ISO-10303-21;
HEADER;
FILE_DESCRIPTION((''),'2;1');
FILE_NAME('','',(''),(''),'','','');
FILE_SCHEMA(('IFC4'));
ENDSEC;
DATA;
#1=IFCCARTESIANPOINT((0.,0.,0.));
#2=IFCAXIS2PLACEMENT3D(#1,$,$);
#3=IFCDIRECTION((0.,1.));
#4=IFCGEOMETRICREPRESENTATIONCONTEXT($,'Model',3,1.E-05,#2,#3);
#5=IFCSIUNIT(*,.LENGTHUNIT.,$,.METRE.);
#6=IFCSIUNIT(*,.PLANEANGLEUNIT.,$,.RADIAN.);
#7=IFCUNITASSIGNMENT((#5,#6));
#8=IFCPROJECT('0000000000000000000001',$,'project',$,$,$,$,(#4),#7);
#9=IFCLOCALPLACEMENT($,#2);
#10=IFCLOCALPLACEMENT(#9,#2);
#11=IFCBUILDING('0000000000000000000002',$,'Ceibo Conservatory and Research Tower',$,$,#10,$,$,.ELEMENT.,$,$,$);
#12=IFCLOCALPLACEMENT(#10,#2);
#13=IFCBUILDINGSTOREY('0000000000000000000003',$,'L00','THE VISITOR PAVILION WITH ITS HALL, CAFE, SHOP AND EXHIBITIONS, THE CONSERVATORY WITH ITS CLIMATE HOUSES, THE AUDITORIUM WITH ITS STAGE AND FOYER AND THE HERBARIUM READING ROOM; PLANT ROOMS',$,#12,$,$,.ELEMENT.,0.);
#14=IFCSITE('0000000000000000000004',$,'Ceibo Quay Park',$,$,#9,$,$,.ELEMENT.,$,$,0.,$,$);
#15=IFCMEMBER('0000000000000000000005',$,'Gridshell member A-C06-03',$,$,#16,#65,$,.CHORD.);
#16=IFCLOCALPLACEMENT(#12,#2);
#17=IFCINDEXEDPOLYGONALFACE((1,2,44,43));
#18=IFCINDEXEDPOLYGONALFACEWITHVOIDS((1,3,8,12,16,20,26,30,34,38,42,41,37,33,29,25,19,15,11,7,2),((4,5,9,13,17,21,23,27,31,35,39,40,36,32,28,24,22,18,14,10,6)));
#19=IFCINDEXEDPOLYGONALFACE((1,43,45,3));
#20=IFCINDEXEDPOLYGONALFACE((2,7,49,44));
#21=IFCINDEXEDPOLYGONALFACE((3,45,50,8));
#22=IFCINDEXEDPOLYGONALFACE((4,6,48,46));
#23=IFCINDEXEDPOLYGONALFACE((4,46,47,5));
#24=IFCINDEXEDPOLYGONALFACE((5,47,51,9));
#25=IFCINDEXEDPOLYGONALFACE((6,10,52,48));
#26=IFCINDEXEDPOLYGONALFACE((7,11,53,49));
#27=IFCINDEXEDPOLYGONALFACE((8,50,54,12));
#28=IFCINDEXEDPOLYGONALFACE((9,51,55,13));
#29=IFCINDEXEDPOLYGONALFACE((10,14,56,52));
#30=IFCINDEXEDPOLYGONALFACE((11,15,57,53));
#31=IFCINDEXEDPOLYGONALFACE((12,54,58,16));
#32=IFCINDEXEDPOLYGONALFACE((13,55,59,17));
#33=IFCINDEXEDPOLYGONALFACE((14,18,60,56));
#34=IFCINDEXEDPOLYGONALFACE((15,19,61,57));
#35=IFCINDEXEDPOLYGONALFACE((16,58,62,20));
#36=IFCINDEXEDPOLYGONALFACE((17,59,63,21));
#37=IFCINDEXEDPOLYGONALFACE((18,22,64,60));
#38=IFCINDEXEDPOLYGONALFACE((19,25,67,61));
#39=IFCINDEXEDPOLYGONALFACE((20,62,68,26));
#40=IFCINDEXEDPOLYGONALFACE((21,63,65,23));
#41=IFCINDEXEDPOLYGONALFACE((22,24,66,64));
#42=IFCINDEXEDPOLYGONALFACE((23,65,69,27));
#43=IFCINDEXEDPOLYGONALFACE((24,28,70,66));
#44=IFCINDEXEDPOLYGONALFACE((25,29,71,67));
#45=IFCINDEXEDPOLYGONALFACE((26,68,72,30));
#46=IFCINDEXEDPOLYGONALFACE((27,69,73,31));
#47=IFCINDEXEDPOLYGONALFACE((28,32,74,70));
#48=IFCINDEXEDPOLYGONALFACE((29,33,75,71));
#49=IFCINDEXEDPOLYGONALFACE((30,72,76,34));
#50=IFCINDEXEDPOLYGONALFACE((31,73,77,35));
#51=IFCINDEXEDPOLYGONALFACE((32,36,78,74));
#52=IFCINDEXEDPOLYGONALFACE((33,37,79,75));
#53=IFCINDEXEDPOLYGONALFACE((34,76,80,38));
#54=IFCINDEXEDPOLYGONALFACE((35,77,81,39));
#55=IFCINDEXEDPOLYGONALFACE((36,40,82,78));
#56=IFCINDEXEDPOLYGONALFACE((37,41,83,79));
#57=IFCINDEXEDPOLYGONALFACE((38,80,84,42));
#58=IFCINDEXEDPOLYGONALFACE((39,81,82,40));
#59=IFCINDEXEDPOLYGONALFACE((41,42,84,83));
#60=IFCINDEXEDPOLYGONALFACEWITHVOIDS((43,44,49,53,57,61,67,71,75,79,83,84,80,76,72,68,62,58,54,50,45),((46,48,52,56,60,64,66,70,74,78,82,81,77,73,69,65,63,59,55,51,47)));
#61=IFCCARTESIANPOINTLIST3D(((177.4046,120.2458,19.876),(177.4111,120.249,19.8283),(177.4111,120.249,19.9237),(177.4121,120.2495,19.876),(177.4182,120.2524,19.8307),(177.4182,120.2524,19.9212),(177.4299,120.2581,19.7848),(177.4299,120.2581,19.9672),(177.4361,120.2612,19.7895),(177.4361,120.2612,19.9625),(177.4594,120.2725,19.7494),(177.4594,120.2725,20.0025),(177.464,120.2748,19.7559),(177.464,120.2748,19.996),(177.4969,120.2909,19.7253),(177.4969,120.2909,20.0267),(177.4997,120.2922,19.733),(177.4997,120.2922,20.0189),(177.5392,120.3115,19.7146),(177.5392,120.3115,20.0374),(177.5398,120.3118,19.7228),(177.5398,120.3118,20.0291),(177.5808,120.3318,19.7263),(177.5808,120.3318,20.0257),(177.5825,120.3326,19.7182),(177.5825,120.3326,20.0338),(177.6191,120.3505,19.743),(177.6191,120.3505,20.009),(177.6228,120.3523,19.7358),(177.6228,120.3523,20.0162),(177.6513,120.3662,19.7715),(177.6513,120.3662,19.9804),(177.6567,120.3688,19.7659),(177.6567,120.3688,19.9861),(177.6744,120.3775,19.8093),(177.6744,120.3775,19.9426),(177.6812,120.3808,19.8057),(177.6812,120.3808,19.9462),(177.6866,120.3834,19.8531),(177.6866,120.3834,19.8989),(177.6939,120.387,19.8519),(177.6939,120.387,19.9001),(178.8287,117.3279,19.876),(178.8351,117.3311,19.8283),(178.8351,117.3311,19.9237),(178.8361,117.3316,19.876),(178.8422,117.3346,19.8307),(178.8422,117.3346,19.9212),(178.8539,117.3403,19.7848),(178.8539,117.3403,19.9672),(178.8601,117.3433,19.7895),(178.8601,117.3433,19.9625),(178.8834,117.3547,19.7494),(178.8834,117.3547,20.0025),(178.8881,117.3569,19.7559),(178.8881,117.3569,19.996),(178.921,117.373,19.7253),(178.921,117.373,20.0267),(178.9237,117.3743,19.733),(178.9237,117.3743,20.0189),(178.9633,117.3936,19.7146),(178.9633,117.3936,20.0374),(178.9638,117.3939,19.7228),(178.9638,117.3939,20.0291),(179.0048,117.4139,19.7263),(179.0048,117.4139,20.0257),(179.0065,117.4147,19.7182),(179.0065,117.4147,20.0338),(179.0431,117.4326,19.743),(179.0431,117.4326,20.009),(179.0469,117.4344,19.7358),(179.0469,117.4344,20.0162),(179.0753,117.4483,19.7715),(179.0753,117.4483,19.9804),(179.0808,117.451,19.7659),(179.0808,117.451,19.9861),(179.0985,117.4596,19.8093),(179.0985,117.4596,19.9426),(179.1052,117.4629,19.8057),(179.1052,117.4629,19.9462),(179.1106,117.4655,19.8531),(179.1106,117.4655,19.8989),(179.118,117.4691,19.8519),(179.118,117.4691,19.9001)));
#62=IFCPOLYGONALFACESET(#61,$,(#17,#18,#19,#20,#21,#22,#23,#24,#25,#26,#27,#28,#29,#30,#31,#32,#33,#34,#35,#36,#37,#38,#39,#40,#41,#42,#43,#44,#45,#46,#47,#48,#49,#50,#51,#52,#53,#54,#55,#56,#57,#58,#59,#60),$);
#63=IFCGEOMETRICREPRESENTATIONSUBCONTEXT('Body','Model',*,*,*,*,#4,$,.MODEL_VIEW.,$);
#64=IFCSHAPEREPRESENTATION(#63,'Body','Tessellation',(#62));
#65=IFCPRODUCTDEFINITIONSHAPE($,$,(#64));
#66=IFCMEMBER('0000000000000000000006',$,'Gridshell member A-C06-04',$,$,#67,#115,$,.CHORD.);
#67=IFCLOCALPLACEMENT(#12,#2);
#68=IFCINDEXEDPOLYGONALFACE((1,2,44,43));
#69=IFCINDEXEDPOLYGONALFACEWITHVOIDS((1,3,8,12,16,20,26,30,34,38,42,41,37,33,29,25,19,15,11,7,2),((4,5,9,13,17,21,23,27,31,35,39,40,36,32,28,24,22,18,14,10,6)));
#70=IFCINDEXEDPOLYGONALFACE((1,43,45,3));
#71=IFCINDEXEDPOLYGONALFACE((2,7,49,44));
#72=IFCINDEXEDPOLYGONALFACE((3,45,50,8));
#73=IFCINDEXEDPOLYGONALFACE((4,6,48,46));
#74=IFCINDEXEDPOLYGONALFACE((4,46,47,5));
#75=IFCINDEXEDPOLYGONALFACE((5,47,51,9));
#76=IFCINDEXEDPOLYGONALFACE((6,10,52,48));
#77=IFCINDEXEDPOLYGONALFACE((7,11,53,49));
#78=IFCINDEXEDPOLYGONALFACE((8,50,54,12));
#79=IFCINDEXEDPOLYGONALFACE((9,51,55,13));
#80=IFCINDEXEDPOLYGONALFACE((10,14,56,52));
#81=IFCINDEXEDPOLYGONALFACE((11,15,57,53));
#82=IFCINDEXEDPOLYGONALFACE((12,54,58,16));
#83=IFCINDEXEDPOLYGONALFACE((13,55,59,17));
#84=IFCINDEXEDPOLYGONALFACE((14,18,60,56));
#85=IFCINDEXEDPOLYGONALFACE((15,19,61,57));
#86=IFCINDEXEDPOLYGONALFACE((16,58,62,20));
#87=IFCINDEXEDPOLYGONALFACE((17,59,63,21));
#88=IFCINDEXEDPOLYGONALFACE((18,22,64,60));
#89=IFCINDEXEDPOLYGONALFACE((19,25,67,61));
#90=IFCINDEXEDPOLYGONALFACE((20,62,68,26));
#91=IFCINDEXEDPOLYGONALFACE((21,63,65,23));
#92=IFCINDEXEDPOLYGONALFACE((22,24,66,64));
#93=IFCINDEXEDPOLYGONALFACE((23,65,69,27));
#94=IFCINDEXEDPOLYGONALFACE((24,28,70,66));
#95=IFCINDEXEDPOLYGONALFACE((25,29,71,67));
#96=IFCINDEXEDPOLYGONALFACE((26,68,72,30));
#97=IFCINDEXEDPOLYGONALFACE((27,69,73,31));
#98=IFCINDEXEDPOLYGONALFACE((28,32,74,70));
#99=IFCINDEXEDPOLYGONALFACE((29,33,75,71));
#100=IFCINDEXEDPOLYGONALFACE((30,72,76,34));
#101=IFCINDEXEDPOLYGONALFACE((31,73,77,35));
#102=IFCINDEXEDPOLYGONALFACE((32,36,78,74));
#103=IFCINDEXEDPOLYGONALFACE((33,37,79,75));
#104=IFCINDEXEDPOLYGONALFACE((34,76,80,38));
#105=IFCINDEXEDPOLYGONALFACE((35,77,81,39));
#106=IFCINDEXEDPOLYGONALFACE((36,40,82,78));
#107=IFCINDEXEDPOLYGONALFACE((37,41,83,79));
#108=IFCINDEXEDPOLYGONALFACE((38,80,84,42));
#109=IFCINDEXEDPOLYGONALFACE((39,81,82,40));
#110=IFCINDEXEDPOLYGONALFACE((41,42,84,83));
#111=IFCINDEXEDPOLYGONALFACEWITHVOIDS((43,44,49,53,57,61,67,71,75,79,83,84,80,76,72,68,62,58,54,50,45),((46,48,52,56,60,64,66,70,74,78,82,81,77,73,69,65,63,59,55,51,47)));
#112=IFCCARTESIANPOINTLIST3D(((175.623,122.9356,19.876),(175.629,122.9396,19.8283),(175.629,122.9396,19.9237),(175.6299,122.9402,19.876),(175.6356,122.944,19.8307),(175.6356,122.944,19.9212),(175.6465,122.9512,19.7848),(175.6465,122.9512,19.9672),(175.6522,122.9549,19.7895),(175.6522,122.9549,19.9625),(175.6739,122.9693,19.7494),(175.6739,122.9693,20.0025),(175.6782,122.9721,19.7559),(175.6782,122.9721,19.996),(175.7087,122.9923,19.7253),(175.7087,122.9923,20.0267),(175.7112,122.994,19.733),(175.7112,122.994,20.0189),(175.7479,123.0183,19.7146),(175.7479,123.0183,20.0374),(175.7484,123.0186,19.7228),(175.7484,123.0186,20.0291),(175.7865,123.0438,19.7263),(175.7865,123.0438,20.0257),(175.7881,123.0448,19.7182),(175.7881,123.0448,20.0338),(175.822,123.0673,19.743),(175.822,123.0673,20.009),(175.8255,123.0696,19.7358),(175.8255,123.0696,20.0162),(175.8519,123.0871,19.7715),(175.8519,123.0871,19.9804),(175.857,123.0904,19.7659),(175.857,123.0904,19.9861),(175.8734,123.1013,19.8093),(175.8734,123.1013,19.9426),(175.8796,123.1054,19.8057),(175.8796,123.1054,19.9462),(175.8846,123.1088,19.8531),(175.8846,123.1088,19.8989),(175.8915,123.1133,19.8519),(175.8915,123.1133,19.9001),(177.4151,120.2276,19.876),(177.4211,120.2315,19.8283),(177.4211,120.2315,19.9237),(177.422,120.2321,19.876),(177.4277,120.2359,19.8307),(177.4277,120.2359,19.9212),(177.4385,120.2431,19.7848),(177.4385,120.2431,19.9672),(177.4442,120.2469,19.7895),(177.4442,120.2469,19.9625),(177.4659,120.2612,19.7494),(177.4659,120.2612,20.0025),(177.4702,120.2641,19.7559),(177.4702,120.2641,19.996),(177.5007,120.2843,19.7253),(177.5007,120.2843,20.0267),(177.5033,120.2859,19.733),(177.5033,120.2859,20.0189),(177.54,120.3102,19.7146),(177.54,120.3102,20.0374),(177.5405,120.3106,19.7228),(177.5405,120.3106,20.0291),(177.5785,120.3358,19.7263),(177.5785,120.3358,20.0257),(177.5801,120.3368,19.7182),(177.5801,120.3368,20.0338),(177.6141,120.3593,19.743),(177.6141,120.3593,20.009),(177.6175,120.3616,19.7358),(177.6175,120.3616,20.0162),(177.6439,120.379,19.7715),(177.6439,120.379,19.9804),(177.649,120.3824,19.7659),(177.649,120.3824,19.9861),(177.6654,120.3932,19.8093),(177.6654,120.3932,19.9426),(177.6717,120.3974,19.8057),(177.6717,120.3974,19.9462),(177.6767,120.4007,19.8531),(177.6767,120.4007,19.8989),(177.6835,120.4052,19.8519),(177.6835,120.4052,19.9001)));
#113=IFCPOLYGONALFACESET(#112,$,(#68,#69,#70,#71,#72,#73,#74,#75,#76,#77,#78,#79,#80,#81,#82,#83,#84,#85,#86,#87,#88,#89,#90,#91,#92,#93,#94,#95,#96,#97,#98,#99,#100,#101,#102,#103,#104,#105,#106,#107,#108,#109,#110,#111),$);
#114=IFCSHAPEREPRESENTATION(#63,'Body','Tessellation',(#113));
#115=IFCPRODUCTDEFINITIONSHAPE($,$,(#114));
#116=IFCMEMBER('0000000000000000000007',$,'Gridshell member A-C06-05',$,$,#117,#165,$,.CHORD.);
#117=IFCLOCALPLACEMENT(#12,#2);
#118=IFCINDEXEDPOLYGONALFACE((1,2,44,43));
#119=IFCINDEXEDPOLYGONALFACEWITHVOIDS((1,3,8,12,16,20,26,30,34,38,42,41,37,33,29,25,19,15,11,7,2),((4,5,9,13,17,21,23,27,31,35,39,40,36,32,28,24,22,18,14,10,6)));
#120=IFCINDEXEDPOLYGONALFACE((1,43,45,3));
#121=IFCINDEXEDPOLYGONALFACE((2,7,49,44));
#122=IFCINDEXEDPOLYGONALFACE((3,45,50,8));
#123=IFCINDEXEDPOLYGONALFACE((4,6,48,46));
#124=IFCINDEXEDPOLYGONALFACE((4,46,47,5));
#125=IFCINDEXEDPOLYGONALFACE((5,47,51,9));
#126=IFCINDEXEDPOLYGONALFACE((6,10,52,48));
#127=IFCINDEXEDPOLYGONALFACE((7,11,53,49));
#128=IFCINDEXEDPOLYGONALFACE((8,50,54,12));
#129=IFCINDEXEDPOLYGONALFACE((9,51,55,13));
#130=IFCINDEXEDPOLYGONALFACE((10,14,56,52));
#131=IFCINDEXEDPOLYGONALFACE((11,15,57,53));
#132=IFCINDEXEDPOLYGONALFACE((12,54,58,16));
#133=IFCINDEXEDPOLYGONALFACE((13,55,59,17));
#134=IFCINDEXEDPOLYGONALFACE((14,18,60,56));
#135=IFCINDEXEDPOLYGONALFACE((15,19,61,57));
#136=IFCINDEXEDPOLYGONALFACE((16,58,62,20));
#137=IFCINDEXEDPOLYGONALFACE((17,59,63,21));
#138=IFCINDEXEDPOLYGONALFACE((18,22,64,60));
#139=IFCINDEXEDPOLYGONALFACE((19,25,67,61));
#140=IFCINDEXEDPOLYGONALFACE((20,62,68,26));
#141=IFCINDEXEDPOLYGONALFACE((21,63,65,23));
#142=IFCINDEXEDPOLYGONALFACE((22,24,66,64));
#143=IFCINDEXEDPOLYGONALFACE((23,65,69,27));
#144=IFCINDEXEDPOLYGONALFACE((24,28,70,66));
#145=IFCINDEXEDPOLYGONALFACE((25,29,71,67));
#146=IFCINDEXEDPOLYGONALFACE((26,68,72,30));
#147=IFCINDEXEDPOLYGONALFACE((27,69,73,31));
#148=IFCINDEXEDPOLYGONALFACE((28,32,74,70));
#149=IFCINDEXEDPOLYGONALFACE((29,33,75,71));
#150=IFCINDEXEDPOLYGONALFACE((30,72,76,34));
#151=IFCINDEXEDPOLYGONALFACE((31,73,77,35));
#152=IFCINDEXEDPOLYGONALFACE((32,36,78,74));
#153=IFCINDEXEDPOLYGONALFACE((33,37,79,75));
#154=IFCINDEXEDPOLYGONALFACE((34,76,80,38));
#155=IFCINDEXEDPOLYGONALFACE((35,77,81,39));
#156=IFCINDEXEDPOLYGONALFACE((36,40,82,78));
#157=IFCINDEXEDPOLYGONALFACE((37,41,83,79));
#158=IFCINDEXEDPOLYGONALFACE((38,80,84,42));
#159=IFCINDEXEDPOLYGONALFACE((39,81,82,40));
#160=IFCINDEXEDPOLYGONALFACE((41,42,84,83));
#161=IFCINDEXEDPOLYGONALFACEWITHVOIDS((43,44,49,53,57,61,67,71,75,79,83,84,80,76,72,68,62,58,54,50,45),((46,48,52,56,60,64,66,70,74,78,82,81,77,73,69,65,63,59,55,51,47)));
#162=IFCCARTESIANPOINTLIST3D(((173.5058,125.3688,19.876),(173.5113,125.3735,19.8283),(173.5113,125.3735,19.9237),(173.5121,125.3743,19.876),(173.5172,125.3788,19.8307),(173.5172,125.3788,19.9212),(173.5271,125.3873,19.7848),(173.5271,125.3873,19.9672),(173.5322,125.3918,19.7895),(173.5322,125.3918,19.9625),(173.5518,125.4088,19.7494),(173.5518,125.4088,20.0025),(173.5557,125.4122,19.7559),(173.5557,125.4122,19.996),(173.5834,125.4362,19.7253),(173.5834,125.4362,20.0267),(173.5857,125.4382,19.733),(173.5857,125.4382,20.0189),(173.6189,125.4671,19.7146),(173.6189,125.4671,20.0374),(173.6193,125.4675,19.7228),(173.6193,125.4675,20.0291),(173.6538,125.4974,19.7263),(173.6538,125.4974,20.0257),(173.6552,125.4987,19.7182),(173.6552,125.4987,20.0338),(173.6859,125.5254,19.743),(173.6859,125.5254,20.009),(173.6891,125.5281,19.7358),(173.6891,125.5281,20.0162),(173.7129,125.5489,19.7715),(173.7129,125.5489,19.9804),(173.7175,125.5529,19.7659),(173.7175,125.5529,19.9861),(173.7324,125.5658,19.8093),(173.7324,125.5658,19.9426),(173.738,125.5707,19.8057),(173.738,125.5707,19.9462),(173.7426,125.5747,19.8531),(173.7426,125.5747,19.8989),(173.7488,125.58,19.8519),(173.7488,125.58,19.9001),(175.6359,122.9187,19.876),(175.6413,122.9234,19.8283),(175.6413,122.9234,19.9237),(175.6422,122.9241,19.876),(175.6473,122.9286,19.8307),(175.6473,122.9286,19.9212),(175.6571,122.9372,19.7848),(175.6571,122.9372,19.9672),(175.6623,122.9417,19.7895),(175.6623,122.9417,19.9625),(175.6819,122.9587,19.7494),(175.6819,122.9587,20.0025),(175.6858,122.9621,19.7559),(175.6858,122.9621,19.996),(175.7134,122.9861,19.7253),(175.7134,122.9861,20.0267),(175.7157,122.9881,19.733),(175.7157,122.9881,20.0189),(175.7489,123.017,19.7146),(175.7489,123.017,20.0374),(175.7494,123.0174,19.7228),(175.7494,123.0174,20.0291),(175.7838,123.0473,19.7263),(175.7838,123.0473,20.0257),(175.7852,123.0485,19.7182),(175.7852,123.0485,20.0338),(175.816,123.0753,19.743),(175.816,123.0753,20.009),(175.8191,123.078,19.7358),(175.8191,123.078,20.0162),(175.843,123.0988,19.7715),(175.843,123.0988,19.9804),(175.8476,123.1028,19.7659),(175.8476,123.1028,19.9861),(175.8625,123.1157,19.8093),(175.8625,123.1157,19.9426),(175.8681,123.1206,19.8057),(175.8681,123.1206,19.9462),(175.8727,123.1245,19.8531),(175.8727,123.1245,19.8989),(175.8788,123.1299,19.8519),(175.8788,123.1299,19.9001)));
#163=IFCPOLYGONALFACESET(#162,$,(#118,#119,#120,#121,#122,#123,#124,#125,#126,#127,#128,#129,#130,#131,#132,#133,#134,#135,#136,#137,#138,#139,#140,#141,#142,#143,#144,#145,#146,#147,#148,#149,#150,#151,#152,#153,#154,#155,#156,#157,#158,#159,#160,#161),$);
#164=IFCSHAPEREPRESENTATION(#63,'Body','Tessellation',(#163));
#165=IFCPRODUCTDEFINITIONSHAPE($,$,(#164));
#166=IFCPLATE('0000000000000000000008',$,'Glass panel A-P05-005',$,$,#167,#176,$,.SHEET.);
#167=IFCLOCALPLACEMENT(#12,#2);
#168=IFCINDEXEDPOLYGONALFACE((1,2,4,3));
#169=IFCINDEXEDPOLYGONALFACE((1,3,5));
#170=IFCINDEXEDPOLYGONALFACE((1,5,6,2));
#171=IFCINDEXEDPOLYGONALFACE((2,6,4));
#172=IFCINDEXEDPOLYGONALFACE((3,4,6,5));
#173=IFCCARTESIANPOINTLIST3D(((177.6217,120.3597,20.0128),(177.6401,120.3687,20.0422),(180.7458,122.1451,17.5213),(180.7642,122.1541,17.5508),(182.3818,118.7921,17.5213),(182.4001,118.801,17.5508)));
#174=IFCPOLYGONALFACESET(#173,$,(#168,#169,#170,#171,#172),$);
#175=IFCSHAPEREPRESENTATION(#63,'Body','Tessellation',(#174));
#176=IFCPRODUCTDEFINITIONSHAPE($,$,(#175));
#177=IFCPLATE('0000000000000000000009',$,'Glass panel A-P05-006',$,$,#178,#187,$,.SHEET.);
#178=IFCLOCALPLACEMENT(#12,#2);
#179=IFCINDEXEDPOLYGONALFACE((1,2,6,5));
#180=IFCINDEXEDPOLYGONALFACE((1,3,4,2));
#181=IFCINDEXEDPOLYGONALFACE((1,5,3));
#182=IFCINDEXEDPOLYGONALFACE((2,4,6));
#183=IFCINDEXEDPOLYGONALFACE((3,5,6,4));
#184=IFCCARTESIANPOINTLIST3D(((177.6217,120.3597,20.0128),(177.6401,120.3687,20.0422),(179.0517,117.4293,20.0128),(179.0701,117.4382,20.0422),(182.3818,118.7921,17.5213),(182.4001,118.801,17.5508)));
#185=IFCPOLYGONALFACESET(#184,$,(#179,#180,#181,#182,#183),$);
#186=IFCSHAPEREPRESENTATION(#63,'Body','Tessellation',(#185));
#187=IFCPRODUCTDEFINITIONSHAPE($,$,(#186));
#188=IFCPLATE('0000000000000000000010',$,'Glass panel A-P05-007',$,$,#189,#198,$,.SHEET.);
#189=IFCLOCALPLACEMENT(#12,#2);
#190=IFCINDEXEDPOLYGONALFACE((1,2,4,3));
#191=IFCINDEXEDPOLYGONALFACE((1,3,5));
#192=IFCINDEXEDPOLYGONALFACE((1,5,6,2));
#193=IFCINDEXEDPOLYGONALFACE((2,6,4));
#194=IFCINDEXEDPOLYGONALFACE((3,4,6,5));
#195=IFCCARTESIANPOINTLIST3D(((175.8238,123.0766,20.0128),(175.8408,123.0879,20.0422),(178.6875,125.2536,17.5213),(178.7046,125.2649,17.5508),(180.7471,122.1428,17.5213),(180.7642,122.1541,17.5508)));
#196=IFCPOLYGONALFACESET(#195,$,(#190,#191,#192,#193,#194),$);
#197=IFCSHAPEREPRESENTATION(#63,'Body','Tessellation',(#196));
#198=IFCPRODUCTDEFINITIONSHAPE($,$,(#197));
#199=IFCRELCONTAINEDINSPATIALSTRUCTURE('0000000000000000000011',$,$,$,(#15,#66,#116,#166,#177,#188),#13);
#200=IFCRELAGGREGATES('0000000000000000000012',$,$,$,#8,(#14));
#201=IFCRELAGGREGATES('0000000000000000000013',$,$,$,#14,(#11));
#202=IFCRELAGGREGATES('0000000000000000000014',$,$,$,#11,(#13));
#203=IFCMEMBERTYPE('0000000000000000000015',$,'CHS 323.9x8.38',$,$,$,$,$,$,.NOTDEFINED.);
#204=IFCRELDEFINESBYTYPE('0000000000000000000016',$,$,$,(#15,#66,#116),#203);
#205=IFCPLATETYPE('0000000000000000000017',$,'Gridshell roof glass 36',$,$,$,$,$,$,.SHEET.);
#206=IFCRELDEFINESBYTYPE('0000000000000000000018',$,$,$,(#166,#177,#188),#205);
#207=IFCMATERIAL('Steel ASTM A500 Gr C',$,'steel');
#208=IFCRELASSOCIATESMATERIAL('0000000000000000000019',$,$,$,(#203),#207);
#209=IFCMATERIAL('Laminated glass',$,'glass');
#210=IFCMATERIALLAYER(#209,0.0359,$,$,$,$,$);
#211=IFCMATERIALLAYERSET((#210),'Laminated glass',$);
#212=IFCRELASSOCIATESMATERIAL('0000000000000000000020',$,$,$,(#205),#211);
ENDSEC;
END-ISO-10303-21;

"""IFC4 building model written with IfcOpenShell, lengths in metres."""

from ifc_helpers import new_model, si_unit, direction, frame, origin, origin_2d, place, context, subcontext, project, spatial, polyline, hollow_circle, outline, extrude, material, layer, layer_set, material_profile, profile_set, type_object, element, save


model = new_model("IFC4")

# Units and contexts
model_context = context("Model", 3, precision=1e-05, world=origin(), true_north=direction((0.0, 1.0)))
body_context = subcontext(model_context, "Body", "Model", "MODEL_VIEW")
ifc_project = project(units=[si_unit("LENGTHUNIT", "METRE"), si_unit("PLANEANGLEUNIT", "RADIAN")], contexts=[model_context])

# Site, building, storey
site_placement = place(None, origin())
site = spatial("IfcSite", under=ifc_project, at=site_placement, Name="Ceibo Quay Park", CompositionType="ELEMENT", RefElevation=0.0)
building_placement = place(site_placement, origin())
building = spatial("IfcBuilding", under=site, at=building_placement, Name="Ceibo Conservatory and Research Tower", CompositionType="ELEMENT")
storey_placement = place(building_placement, origin())
storey = spatial("IfcBuildingStorey", under=building, at=storey_placement, Name="L00", Description="THE VISITOR PAVILION WITH ITS HALL, CAFE, SHOP AND EXHIBITIONS, THE CONSERVATORY WITH ITS CLIMATE HOUSES, THE AUDITORIUM WITH ITS STAGE AND FOYER AND THE HERBARIUM READING ROOM; PLANT ROOMS", CompositionType="ELEMENT", Elevation=0.0)

# Members
ifc_material_1 = material(Name="Steel ASTM A500 Gr C", Category="steel")
ifc_material_profile_1 = material_profile(ifc_material_1, hollow_circle(Radius=0.1619, WallThickness=0.0083, at=origin_2d()), Name="CHS 323.9x8.38")
ifc_profile_set_1 = profile_set([ifc_material_profile_1], Name="Steel ASTM A500 Gr C")
member_type_1 = type_object("IfcMemberType", Name="CHS 323.9x8.38", PredefinedType="NOTDEFINED", material=ifc_profile_set_1)
member_1_placement = place(storey_placement, frame((178.9741, 117.3989, 19.876), z_axis=(-0.438591, 0.898687, 0.0), x_axis=(-0.898687, -0.438591, 0.0)))
element("IfcMember", 1, at=member_1_placement, inside=storey, type_object=member_type_1, Name="Gridshell member A-C06-03", PredefinedType="CHORD", context=body_context, shape_type="SweptSolid", body=[
    extrude(hollow_circle(Radius=0.1619, WallThickness=0.0083, at=origin_2d()), origin(), (0.0, 0.0, 1.0), 3.2468),
])
member_2_placement = place(storey_placement, frame((177.55, 120.3169, 19.876), z_axis=(-0.551852, 0.833942, 0.0), x_axis=(-0.833942, -0.551852, 0.0)))
element("IfcMember", 2, at=member_2_placement, inside=storey, type_object=member_type_1, Name="Gridshell member A-C06-04", PredefinedType="CHORD", context=body_context, shape_type="SweptSolid", body=[
    extrude(hollow_circle(Radius=0.1619, WallThickness=0.0083, at=origin_2d()), origin(), (0.0, 0.0, 1.0), 3.2473),
])
member_3_placement = place(storey_placement, frame((175.7581, 123.0249, 19.876), z_axis=(-0.656095, 0.754678, 0.0), x_axis=(-0.754678, -0.656095, 0.0)))
element("IfcMember", 3, at=member_3_placement, inside=storey, type_object=member_type_1, Name="Gridshell member A-C06-05", PredefinedType="CHORD", context=body_context, shape_type="SweptSolid", body=[
    extrude(hollow_circle(Radius=0.1619, WallThickness=0.0083, at=origin_2d()), origin(), (0.0, 0.0, 1.0), 3.2466),
])

# Plates
ifc_material_2 = material(Name="Laminated glass", Category="glass")
ifc_layer_1 = layer(ifc_material_2, 0.0359)
ifc_layer_set_1 = layer_set([ifc_layer_1], Name="Laminated glass")
plate_type = type_object("IfcPlateType", Name="Gridshell roof glass 36", PredefinedType="SHEET", material=ifc_layer_set_1)
plate_1_placement = place(storey_placement, frame((182.4001, 118.801, 17.5508), z_axis=(0.512356, 0.249985, 0.821583), x_axis=(-0.438502, 0.89873, 0.0)))
element("IfcPlate", 4, at=plate_1_placement, inside=storey, type_object=plate_type, Name="Glass panel A-P05-005", PredefinedType="SHEET", context=body_context, shape_type="SweptSolid", body=[
    extrude(outline(polyline([(0.0, 0.0), (3.7309, 0.0), (3.4961, 4.3703), (0.0, 0.0)])), origin(), (0.0, 0.0, -1.0), 0.0359),
])
plate_2_placement = place(storey_placement, frame((182.4001, 118.801, 17.5508), z_axis=(0.51236, 0.250012, 0.821573), x_axis=(-0.85051, 0.280101, 0.445169)))
element("IfcPlate", 5, at=plate_2_placement, inside=storey, type_object=plate_type, Name="Glass panel A-P05-006", PredefinedType="SHEET", context=body_context, shape_type="SweptSolid", body=[
    extrude(outline(polyline([(0.0, 0.0), (5.5967, 0.0), (3.5597, 2.5461), (0.0, 0.0)])), origin(), (0.0, 0.0, -1.0), 0.0359),
])
plate_3_placement = place(storey_placement, frame((180.7642, 122.1541, 17.5508), z_axis=(0.475431, 0.314765, 0.821516), x_axis=(-0.55204, 0.833818, 0.0)))
element("IfcPlate", 6, at=plate_3_placement, inside=storey, type_object=plate_type, Name="Glass panel A-P05-007", PredefinedType="SHEET", context=body_context, shape_type="SweptSolid", body=[
    extrude(outline(polyline([(0.0, 0.0), (3.7308, 0.0), (3.4965, 4.3695), (0.0, 0.0)])), origin(), (0.0, 0.0, -1.0), 0.0359),
])

save(model, "model.ifc")
